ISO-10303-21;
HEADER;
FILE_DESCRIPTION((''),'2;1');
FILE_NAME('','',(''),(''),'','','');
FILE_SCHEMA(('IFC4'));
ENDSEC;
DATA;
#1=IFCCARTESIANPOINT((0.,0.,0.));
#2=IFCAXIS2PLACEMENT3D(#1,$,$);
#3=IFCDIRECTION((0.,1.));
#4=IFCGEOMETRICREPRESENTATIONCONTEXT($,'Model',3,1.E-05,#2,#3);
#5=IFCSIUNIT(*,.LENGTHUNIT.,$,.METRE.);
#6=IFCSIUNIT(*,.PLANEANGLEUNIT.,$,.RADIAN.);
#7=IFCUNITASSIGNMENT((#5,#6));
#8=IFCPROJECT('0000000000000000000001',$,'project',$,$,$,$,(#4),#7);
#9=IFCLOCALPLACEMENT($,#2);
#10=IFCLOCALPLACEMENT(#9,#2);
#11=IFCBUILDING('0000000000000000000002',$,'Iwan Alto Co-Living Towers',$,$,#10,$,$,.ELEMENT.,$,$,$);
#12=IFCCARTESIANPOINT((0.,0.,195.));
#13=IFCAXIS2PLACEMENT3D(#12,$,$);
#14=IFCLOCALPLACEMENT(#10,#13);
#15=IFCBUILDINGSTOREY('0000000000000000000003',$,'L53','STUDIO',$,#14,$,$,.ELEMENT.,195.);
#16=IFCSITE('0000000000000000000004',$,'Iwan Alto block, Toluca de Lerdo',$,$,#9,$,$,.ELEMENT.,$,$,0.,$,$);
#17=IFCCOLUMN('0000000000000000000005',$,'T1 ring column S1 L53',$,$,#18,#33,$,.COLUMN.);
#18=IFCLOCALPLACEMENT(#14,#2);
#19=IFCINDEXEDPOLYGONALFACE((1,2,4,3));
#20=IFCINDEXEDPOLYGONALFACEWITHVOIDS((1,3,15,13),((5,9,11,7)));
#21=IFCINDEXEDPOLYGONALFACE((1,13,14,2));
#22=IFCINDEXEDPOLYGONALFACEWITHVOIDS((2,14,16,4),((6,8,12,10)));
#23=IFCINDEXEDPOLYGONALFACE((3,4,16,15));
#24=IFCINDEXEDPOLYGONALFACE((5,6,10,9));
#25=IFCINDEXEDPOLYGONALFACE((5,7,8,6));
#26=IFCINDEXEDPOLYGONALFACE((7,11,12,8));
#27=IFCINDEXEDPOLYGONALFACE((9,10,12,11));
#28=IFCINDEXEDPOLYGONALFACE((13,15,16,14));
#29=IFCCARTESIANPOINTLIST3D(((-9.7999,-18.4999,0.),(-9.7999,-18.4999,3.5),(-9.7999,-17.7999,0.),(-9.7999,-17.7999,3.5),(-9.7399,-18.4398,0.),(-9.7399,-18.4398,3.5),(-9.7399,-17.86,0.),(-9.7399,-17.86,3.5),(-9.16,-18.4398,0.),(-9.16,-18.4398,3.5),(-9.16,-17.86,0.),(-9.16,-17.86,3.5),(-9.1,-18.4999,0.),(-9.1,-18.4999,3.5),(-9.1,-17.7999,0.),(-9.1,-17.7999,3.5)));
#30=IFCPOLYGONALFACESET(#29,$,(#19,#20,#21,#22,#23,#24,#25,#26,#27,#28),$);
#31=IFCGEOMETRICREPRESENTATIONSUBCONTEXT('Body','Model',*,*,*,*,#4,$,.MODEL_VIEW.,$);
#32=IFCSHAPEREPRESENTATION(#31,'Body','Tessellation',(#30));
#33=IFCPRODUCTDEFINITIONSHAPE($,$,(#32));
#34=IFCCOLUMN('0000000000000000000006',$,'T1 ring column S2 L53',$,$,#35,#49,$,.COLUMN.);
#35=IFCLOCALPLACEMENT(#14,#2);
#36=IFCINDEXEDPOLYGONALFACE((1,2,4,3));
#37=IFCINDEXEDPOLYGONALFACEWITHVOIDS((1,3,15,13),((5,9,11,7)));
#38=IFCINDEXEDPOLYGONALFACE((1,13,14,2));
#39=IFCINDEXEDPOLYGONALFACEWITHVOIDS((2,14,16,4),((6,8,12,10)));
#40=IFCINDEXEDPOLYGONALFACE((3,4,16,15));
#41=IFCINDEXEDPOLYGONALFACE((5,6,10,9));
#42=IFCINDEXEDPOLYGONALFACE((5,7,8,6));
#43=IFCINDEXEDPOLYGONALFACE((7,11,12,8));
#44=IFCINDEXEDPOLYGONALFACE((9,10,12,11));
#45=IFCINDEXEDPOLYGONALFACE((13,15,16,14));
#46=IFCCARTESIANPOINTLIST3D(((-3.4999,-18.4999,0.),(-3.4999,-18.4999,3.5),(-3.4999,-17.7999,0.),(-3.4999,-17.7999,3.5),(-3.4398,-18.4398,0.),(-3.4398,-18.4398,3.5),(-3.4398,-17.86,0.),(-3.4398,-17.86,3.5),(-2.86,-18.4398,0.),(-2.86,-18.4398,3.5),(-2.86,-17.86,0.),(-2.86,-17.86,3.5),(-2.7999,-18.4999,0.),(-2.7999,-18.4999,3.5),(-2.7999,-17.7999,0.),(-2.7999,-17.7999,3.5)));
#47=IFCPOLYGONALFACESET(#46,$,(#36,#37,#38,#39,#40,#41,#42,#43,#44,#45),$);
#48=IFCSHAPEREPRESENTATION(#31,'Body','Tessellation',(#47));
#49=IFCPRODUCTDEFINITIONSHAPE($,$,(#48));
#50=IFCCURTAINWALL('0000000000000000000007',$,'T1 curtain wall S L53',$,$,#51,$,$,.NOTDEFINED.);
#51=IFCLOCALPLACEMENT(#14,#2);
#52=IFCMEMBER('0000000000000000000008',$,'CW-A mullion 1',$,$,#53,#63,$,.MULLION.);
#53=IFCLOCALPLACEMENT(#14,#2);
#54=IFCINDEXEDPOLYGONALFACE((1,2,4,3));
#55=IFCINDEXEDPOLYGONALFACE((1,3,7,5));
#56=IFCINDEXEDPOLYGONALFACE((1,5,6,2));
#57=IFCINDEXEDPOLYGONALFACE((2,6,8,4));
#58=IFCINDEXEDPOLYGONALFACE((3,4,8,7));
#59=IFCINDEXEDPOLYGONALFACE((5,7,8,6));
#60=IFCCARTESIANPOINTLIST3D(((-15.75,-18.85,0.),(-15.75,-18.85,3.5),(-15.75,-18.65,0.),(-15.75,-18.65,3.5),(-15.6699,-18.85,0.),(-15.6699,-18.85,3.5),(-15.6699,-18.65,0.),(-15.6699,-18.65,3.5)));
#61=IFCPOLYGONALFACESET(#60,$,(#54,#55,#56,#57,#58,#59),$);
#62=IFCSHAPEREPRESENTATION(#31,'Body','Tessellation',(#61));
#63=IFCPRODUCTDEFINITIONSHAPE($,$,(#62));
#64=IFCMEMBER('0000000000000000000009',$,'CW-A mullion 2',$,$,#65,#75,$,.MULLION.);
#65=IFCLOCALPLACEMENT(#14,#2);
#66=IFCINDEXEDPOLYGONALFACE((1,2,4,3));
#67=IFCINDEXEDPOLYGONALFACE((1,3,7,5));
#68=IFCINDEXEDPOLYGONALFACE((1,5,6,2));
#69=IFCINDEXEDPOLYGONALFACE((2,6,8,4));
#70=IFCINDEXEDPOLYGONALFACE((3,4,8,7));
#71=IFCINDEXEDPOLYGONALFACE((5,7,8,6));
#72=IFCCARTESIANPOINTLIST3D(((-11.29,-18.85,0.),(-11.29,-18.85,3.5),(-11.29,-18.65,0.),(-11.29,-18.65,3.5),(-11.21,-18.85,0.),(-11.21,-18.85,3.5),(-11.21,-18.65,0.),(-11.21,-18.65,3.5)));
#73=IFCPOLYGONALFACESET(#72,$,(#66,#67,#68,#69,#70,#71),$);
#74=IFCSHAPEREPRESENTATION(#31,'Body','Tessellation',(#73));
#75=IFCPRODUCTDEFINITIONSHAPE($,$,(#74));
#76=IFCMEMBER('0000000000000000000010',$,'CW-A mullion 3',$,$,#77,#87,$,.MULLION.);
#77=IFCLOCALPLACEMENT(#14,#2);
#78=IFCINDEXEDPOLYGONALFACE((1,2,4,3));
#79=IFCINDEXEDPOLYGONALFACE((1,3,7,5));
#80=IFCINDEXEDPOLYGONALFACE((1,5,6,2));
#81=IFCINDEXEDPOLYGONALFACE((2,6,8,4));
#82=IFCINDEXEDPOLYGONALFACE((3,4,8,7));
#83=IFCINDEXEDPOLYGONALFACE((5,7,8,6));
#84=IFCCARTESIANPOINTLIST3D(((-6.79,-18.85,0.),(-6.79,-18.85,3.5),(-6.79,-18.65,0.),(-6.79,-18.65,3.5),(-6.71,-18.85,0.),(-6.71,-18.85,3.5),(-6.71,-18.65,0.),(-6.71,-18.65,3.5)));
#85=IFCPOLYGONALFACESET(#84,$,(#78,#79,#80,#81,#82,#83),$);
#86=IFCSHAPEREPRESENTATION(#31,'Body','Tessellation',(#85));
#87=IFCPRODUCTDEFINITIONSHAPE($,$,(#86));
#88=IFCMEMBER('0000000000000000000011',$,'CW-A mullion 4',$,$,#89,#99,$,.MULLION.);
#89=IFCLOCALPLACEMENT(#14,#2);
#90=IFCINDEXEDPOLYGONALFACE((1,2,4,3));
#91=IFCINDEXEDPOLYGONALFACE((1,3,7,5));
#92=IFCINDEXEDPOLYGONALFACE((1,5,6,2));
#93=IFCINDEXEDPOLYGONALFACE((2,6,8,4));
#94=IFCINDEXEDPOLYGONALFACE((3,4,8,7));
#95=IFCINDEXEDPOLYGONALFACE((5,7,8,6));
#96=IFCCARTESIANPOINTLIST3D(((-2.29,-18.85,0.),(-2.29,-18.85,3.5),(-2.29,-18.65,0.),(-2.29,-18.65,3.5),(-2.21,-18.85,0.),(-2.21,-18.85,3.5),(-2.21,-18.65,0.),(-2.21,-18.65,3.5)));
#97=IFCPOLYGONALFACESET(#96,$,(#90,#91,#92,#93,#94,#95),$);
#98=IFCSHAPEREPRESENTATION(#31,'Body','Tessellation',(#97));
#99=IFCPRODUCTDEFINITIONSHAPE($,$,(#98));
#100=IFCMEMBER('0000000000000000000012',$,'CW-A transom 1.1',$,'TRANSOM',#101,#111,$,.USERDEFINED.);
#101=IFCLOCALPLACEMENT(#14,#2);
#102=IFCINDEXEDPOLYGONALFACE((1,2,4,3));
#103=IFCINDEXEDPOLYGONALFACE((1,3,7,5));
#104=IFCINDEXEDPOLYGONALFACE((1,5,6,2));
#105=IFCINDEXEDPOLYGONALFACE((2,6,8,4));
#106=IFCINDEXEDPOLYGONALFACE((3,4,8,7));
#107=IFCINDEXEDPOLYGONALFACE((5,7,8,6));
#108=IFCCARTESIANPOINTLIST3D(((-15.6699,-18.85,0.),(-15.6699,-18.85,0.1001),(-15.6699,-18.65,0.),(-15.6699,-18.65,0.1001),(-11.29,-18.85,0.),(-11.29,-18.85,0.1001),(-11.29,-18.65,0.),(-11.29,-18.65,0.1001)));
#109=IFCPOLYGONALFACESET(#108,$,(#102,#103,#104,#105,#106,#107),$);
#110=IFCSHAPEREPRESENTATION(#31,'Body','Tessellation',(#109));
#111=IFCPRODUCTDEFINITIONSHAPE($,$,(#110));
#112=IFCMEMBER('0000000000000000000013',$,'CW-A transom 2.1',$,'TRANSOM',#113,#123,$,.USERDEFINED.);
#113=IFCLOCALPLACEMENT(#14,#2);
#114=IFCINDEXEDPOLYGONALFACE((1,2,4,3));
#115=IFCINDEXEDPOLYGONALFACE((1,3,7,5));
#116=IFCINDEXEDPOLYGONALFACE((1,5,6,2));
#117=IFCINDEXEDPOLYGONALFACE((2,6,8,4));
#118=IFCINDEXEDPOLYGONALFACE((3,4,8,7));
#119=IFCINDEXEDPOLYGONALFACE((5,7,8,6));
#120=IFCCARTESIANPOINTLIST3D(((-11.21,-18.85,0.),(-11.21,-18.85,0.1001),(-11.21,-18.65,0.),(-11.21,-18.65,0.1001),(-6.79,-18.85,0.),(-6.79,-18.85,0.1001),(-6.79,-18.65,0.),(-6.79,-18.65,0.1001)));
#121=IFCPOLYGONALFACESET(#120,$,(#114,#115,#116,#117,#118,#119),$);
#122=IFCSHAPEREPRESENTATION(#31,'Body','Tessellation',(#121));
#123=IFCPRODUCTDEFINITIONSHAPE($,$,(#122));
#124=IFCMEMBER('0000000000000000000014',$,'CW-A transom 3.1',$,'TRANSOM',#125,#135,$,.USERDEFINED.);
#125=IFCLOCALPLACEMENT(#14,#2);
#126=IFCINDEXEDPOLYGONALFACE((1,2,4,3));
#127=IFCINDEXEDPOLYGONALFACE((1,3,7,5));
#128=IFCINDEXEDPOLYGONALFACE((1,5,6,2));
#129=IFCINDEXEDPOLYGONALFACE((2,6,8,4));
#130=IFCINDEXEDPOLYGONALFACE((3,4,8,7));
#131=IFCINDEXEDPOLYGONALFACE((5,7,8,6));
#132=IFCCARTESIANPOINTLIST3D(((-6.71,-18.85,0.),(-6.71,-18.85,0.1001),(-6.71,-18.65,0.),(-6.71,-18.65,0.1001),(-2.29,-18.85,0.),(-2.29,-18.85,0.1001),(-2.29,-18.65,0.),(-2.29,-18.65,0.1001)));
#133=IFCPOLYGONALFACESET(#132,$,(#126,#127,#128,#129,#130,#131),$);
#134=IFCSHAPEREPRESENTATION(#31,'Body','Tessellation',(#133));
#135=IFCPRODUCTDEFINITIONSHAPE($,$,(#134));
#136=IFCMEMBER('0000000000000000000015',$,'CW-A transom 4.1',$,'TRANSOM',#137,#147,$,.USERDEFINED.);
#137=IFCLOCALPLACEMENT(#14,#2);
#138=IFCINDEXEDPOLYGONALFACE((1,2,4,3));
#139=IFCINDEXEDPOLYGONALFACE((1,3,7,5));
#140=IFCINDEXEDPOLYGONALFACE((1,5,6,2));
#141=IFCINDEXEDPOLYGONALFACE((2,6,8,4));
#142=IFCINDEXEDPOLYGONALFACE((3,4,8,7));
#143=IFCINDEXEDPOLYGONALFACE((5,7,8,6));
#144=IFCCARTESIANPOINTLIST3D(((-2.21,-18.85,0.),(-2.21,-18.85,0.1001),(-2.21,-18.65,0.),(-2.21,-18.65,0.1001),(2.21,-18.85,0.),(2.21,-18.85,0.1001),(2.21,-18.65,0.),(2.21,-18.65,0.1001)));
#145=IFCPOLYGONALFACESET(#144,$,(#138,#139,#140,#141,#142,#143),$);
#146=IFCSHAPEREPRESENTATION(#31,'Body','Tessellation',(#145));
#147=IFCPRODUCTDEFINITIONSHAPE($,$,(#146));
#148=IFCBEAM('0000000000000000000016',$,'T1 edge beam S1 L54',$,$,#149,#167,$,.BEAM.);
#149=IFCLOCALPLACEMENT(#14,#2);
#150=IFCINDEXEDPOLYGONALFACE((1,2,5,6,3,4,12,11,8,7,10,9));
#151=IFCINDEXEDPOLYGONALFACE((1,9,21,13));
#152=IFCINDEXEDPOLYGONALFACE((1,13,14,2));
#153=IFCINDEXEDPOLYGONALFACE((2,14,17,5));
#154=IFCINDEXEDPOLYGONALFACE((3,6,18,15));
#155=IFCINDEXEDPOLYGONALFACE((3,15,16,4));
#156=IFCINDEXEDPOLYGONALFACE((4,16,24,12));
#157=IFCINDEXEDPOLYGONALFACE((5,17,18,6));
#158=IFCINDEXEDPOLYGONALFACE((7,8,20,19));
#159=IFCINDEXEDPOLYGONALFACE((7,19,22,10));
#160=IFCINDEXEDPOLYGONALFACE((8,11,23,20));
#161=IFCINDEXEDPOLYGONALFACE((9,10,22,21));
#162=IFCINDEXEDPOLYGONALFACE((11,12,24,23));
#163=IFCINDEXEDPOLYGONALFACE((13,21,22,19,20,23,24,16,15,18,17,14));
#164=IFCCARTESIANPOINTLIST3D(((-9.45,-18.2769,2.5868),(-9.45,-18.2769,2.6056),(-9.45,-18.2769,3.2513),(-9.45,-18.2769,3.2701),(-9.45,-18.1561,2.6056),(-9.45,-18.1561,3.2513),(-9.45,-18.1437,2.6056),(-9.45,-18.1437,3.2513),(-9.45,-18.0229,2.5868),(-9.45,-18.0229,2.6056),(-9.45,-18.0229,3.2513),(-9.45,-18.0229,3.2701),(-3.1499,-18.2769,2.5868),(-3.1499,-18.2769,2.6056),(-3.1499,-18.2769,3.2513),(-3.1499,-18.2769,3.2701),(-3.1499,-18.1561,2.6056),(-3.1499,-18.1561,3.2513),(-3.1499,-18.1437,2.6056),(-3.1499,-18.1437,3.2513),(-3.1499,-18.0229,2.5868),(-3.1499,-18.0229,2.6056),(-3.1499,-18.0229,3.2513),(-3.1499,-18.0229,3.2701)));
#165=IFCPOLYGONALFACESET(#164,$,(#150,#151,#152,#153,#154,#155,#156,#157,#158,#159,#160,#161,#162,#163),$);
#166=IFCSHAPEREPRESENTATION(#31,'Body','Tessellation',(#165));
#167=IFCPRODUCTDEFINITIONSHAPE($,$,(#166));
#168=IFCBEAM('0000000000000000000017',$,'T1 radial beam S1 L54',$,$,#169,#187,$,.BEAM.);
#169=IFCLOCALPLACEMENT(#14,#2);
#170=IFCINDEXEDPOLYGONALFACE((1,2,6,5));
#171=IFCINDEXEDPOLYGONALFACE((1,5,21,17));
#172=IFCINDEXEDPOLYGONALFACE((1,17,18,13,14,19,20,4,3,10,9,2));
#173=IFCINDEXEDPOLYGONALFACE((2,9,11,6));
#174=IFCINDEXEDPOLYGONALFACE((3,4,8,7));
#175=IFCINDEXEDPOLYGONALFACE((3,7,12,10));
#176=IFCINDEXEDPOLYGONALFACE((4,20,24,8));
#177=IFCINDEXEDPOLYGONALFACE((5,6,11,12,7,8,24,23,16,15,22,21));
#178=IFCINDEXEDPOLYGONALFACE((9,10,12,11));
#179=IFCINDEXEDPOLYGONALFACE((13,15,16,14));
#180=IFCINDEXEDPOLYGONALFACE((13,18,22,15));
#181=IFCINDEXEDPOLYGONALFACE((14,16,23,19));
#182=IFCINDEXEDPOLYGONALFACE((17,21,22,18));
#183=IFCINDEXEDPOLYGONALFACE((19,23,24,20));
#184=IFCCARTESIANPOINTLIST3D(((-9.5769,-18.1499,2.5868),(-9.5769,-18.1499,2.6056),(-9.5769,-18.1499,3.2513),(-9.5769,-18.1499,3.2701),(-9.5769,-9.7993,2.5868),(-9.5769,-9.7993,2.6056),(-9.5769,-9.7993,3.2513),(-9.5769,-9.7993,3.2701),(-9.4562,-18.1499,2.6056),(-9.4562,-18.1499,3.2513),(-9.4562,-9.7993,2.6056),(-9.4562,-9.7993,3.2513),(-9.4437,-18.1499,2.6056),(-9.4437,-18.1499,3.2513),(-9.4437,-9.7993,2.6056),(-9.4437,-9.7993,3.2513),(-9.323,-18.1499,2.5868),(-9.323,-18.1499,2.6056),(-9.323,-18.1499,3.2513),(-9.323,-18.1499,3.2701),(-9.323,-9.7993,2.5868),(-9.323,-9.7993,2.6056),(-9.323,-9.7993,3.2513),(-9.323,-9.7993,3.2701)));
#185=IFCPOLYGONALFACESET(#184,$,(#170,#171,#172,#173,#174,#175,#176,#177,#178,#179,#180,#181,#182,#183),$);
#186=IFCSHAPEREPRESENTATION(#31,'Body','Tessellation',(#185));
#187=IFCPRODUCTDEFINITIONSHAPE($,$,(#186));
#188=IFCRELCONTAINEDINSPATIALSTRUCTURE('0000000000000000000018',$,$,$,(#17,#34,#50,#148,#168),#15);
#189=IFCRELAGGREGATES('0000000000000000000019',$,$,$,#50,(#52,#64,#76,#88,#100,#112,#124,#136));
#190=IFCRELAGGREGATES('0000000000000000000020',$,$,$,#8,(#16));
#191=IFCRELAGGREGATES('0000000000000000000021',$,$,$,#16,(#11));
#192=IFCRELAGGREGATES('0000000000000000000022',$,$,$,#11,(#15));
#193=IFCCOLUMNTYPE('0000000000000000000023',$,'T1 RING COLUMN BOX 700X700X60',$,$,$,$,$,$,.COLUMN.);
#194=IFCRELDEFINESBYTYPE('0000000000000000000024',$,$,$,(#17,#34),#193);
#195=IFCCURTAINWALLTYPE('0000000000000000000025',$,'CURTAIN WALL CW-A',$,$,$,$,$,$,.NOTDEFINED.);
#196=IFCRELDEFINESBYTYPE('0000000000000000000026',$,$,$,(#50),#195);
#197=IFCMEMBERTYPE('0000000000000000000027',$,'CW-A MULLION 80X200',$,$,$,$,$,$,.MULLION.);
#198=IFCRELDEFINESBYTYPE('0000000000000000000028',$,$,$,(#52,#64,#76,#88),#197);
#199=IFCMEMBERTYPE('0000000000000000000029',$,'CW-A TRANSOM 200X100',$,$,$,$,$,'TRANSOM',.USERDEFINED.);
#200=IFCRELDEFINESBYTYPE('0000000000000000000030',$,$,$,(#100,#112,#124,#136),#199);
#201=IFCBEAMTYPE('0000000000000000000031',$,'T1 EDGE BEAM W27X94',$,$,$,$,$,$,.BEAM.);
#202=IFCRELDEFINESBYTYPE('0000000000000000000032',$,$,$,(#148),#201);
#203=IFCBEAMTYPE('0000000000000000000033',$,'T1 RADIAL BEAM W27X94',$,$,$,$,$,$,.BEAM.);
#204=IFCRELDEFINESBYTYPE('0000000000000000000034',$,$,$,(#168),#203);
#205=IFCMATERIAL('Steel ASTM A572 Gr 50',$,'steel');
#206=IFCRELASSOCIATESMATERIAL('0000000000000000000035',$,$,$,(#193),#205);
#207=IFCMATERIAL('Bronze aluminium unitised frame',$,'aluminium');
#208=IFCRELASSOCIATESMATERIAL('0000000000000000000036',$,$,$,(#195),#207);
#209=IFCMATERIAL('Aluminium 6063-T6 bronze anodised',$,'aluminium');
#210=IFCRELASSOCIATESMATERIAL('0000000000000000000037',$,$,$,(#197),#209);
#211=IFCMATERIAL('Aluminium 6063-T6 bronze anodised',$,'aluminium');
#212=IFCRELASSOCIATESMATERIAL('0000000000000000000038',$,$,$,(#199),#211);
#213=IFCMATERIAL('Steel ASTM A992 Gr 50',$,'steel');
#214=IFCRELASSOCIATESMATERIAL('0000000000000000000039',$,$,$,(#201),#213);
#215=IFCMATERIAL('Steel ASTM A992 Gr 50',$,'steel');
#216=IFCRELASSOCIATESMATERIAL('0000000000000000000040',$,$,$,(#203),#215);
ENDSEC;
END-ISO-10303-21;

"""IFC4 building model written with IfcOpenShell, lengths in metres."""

from ifc_helpers import new_model, si_unit, direction, frame, origin, origin_2d, place, context, subcontext, project, spatial, rectangle, hollow_rectangle, i_section, extrude, material, material_profile, profile_set, type_object, element, aggregate, save


model = new_model("IFC4")

# Units and contexts
model_context = context("Model", 3, precision=1e-05, world=origin(), true_north=direction((0.0, 1.0)))
body_context = subcontext(model_context, "Body", "Model", "MODEL_VIEW")
ifc_project = project(units=[si_unit("LENGTHUNIT", "METRE"), si_unit("PLANEANGLEUNIT", "RADIAN")], contexts=[model_context])

# Site, building, storey
site_placement = place(None, origin())
site = spatial("IfcSite", under=ifc_project, at=site_placement, Name="Iwan Alto block, Toluca de Lerdo", CompositionType="ELEMENT", RefElevation=0.0)
building_placement = place(site_placement, origin())
building = spatial("IfcBuilding", under=site, at=building_placement, Name="Iwan Alto Co-Living Towers", CompositionType="ELEMENT")
storey_placement = place(building_placement, frame((0.0, 0.0, 195.0)))
storey = spatial("IfcBuildingStorey", under=building, at=storey_placement, Name="L53", Description="STUDIO", CompositionType="ELEMENT", Elevation=195.0)

# Columns
ifc_material_1 = material(Name="Steel ASTM A572 Gr 50", Category="steel")
ifc_material_profile_1 = material_profile(ifc_material_1, hollow_rectangle(XDim=0.7, YDim=0.7, WallThickness=0.0601, at=origin_2d()), Name="BOX 700X700X60")
ifc_profile_set_1 = profile_set([ifc_material_profile_1], Name="Steel ASTM A572 Gr 50")
column_type = type_object("IfcColumnType", Name="T1 RING COLUMN BOX 700X700X60", PredefinedType="COLUMN", material=ifc_profile_set_1)
for number, where, z_axis, x_axis, name in (
    (1, (-9.45, -18.1499, 0.0), (0.0, 0.0, 1.0), (1.0, 0.0, 0.0), "T1 ring column S1 L53"),
    (2, (-3.1499, -18.1499, 0.0), (0.0, 0.0, 1.0), (1.0, 0.0, 0.0), "T1 ring column S2 L53"),
):
    element("IfcColumn", number, at=place(storey_placement, frame(where, z_axis=z_axis, x_axis=x_axis)), inside=storey, type_object=column_type, Name=name, PredefinedType="COLUMN", context=body_context, shape_type="SweptSolid", body=[
        extrude(hollow_rectangle(XDim=0.7, YDim=0.7, WallThickness=0.0601, at=origin_2d()), origin(), (0.0, 0.0, 1.0), 3.5),
    ])

# Curtain wall, members
ifc_material_2 = material(Name="Bronze aluminium unitised frame", Category="aluminium")
curtain_wall_type = type_object("IfcCurtainWallType", Name="CURTAIN WALL CW-A", PredefinedType="NOTDEFINED", material=ifc_material_2)
curtain_wall_placement = place(storey_placement, origin())
curtain_wall = element("IfcCurtainWall", 3, at=curtain_wall_placement, inside=storey, type_object=curtain_wall_type, Name="T1 curtain wall S L53", PredefinedType="NOTDEFINED")
ifc_material_3 = material(Name="Aluminium 6063-T6 bronze anodised", Category="aluminium")
ifc_material_profile_2 = material_profile(ifc_material_3, rectangle(XDim=0.2, YDim=0.0801, at=origin_2d()), Name="AL 80X200")
ifc_profile_set_2 = profile_set([ifc_material_profile_2], Name="Aluminium 6063-T6 bronze anodised")
member_type_1 = type_object("IfcMemberType", Name="CW-A MULLION 80X200", PredefinedType="MULLION", material=ifc_profile_set_2)
member_1_placement = place(storey_placement, frame((-15.71, -18.75, 0.0), z_axis=(0.0, 0.0, 1.0), x_axis=(0.0, 1.0, 0.0)))
member_1 = element("IfcMember", 4, at=member_1_placement, type_object=member_type_1, Name="CW-A mullion 1", PredefinedType="MULLION", context=body_context, shape_type="SweptSolid", body=[
    extrude(rectangle(XDim=0.2, YDim=0.0801, at=origin_2d()), origin(), (0.0, 0.0, 1.0), 3.5),
])
member_2_placement = place(storey_placement, frame((-11.25, -18.75, 0.0), z_axis=(0.0, 0.0, 1.0), x_axis=(0.0, 1.0, 0.0)))
member_2 = element("IfcMember", 5, at=member_2_placement, type_object=member_type_1, Name="CW-A mullion 2", PredefinedType="MULLION", context=body_context, shape_type="SweptSolid", body=[
    extrude(rectangle(XDim=0.2, YDim=0.0801, at=origin_2d()), origin(), (0.0, 0.0, 1.0), 3.5),
])
member_3_placement = place(storey_placement, frame((-6.75, -18.75, 0.0), z_axis=(0.0, 0.0, 1.0), x_axis=(0.0, 1.0, 0.0)))
member_3 = element("IfcMember", 6, at=member_3_placement, type_object=member_type_1, Name="CW-A mullion 3", PredefinedType="MULLION", context=body_context, shape_type="SweptSolid", body=[
    extrude(rectangle(XDim=0.2, YDim=0.0801, at=origin_2d()), origin(), (0.0, 0.0, 1.0), 3.5),
])
member_4_placement = place(storey_placement, frame((-2.25, -18.75, 0.0), z_axis=(0.0, 0.0, 1.0), x_axis=(0.0, 1.0, 0.0)))
member_4 = element("IfcMember", 7, at=member_4_placement, type_object=member_type_1, Name="CW-A mullion 4", PredefinedType="MULLION", context=body_context, shape_type="SweptSolid", body=[
    extrude(rectangle(XDim=0.2, YDim=0.0801, at=origin_2d()), origin(), (0.0, 0.0, 1.0), 3.5),
])
ifc_material_4 = material(Name="Aluminium 6063-T6 bronze anodised", Category="aluminium")
ifc_material_profile_3 = material_profile(ifc_material_4, rectangle(XDim=0.2, YDim=0.1001, at=origin_2d()), Name="AL 200X100")
ifc_profile_set_3 = profile_set([ifc_material_profile_3], Name="Aluminium 6063-T6 bronze anodised")
member_type_2 = type_object("IfcMemberType", Name="CW-A TRANSOM 200X100", ElementType="TRANSOM", PredefinedType="USERDEFINED", material=ifc_profile_set_3)
member_5_placement = place(storey_placement, frame((-15.6699, -18.75, 0.05), z_axis=(1.0, 0.0, 0.0), x_axis=(0.0, 1.0, 0.0)))
member_5 = element("IfcMember", 8, at=member_5_placement, type_object=member_type_2, Name="CW-A transom 1.1", ObjectType="TRANSOM", PredefinedType="USERDEFINED", context=body_context, shape_type="SweptSolid", body=[
    extrude(rectangle(XDim=0.2, YDim=0.1001, at=origin_2d()), origin(), (0.0, 0.0, 1.0), 4.3799),
])
member_6_placement = place(storey_placement, frame((-11.21, -18.75, 0.05), z_axis=(1.0, 0.0, 0.0), x_axis=(0.0, 1.0, 0.0)))
member_6 = element("IfcMember", 9, at=member_6_placement, type_object=member_type_2, Name="CW-A transom 2.1", ObjectType="TRANSOM", PredefinedType="USERDEFINED", context=body_context, shape_type="SweptSolid", body=[
    extrude(rectangle(XDim=0.2, YDim=0.1001, at=origin_2d()), origin(), (0.0, 0.0, 1.0), 4.4199),
])
member_7_placement = place(storey_placement, frame((-6.71, -18.75, 0.05), z_axis=(1.0, 0.0, 0.0), x_axis=(0.0, 1.0, 0.0)))
member_7 = element("IfcMember", 10, at=member_7_placement, type_object=member_type_2, Name="CW-A transom 3.1", ObjectType="TRANSOM", PredefinedType="USERDEFINED", context=body_context, shape_type="SweptSolid", body=[
    extrude(rectangle(XDim=0.2, YDim=0.1001, at=origin_2d()), origin(), (0.0, 0.0, 1.0), 4.4199),
])
member_8_placement = place(storey_placement, frame((-2.21, -18.75, 0.05), z_axis=(1.0, 0.0, 0.0), x_axis=(0.0, 1.0, 0.0)))
member_8 = element("IfcMember", 11, at=member_8_placement, type_object=member_type_2, Name="CW-A transom 4.1", ObjectType="TRANSOM", PredefinedType="USERDEFINED", context=body_context, shape_type="SweptSolid", body=[
    extrude(rectangle(XDim=0.2, YDim=0.1001, at=origin_2d()), origin(), (0.0, 0.0, 1.0), 4.4199),
])

# Beams
ifc_material_5 = material(Name="Steel ASTM A992 Gr 50", Category="steel")
ifc_material_profile_4 = material_profile(ifc_material_5, i_section(OverallWidth=0.2539, OverallDepth=0.6833, WebThickness=0.0125, FlangeThickness=0.0188, at=origin_2d()), Name="W27X94")
ifc_profile_set_4 = profile_set([ifc_material_profile_4], Name="Steel ASTM A992 Gr 50")
beam_type_1 = type_object("IfcBeamType", Name="T1 EDGE BEAM W27X94", PredefinedType="BEAM", material=ifc_profile_set_4)
beam_1_placement = place(storey_placement, frame((-9.45, -18.1499, 2.9285), z_axis=(1.0, 0.0, 0.0), x_axis=(0.0, 1.0, 0.0)))
element("IfcBeam", 12, at=beam_1_placement, inside=storey, type_object=beam_type_1, Name="T1 edge beam S1 L54", PredefinedType="BEAM", context=body_context, shape_type="SweptSolid", body=[
    extrude(i_section(OverallWidth=0.2539, OverallDepth=0.6833, WebThickness=0.0125, FlangeThickness=0.0188, at=origin_2d()), origin(), (0.0, 0.0, 1.0), 6.3),
])
ifc_material_6 = material(Name="Steel ASTM A992 Gr 50", Category="steel")
ifc_material_profile_5 = material_profile(ifc_material_6, i_section(OverallWidth=0.2539, OverallDepth=0.6833, WebThickness=0.0125, FlangeThickness=0.0188, at=origin_2d()), Name="W27X94")
ifc_profile_set_5 = profile_set([ifc_material_profile_5], Name="Steel ASTM A992 Gr 50")
beam_type_2 = type_object("IfcBeamType", Name="T1 RADIAL BEAM W27X94", PredefinedType="BEAM", material=ifc_profile_set_5)
beam_2_placement = place(storey_placement, frame((-9.45, -18.1499, 2.9285), z_axis=(0.0, 1.0, 0.0), x_axis=(-1.0, 0.0, 0.0)))
element("IfcBeam", 13, at=beam_2_placement, inside=storey, type_object=beam_type_2, Name="T1 radial beam S1 L54", PredefinedType="BEAM", context=body_context, shape_type="SweptSolid", body=[
    extrude(i_section(OverallWidth=0.2539, OverallDepth=0.6833, WebThickness=0.0125, FlangeThickness=0.0188, at=origin_2d()), origin(), (0.0, 0.0, 1.0), 8.3506),
])

aggregate(curtain_wall, [member_1, member_2, member_3, member_4, member_5, member_6, member_7, member_8])

save(model, "model.ifc")
